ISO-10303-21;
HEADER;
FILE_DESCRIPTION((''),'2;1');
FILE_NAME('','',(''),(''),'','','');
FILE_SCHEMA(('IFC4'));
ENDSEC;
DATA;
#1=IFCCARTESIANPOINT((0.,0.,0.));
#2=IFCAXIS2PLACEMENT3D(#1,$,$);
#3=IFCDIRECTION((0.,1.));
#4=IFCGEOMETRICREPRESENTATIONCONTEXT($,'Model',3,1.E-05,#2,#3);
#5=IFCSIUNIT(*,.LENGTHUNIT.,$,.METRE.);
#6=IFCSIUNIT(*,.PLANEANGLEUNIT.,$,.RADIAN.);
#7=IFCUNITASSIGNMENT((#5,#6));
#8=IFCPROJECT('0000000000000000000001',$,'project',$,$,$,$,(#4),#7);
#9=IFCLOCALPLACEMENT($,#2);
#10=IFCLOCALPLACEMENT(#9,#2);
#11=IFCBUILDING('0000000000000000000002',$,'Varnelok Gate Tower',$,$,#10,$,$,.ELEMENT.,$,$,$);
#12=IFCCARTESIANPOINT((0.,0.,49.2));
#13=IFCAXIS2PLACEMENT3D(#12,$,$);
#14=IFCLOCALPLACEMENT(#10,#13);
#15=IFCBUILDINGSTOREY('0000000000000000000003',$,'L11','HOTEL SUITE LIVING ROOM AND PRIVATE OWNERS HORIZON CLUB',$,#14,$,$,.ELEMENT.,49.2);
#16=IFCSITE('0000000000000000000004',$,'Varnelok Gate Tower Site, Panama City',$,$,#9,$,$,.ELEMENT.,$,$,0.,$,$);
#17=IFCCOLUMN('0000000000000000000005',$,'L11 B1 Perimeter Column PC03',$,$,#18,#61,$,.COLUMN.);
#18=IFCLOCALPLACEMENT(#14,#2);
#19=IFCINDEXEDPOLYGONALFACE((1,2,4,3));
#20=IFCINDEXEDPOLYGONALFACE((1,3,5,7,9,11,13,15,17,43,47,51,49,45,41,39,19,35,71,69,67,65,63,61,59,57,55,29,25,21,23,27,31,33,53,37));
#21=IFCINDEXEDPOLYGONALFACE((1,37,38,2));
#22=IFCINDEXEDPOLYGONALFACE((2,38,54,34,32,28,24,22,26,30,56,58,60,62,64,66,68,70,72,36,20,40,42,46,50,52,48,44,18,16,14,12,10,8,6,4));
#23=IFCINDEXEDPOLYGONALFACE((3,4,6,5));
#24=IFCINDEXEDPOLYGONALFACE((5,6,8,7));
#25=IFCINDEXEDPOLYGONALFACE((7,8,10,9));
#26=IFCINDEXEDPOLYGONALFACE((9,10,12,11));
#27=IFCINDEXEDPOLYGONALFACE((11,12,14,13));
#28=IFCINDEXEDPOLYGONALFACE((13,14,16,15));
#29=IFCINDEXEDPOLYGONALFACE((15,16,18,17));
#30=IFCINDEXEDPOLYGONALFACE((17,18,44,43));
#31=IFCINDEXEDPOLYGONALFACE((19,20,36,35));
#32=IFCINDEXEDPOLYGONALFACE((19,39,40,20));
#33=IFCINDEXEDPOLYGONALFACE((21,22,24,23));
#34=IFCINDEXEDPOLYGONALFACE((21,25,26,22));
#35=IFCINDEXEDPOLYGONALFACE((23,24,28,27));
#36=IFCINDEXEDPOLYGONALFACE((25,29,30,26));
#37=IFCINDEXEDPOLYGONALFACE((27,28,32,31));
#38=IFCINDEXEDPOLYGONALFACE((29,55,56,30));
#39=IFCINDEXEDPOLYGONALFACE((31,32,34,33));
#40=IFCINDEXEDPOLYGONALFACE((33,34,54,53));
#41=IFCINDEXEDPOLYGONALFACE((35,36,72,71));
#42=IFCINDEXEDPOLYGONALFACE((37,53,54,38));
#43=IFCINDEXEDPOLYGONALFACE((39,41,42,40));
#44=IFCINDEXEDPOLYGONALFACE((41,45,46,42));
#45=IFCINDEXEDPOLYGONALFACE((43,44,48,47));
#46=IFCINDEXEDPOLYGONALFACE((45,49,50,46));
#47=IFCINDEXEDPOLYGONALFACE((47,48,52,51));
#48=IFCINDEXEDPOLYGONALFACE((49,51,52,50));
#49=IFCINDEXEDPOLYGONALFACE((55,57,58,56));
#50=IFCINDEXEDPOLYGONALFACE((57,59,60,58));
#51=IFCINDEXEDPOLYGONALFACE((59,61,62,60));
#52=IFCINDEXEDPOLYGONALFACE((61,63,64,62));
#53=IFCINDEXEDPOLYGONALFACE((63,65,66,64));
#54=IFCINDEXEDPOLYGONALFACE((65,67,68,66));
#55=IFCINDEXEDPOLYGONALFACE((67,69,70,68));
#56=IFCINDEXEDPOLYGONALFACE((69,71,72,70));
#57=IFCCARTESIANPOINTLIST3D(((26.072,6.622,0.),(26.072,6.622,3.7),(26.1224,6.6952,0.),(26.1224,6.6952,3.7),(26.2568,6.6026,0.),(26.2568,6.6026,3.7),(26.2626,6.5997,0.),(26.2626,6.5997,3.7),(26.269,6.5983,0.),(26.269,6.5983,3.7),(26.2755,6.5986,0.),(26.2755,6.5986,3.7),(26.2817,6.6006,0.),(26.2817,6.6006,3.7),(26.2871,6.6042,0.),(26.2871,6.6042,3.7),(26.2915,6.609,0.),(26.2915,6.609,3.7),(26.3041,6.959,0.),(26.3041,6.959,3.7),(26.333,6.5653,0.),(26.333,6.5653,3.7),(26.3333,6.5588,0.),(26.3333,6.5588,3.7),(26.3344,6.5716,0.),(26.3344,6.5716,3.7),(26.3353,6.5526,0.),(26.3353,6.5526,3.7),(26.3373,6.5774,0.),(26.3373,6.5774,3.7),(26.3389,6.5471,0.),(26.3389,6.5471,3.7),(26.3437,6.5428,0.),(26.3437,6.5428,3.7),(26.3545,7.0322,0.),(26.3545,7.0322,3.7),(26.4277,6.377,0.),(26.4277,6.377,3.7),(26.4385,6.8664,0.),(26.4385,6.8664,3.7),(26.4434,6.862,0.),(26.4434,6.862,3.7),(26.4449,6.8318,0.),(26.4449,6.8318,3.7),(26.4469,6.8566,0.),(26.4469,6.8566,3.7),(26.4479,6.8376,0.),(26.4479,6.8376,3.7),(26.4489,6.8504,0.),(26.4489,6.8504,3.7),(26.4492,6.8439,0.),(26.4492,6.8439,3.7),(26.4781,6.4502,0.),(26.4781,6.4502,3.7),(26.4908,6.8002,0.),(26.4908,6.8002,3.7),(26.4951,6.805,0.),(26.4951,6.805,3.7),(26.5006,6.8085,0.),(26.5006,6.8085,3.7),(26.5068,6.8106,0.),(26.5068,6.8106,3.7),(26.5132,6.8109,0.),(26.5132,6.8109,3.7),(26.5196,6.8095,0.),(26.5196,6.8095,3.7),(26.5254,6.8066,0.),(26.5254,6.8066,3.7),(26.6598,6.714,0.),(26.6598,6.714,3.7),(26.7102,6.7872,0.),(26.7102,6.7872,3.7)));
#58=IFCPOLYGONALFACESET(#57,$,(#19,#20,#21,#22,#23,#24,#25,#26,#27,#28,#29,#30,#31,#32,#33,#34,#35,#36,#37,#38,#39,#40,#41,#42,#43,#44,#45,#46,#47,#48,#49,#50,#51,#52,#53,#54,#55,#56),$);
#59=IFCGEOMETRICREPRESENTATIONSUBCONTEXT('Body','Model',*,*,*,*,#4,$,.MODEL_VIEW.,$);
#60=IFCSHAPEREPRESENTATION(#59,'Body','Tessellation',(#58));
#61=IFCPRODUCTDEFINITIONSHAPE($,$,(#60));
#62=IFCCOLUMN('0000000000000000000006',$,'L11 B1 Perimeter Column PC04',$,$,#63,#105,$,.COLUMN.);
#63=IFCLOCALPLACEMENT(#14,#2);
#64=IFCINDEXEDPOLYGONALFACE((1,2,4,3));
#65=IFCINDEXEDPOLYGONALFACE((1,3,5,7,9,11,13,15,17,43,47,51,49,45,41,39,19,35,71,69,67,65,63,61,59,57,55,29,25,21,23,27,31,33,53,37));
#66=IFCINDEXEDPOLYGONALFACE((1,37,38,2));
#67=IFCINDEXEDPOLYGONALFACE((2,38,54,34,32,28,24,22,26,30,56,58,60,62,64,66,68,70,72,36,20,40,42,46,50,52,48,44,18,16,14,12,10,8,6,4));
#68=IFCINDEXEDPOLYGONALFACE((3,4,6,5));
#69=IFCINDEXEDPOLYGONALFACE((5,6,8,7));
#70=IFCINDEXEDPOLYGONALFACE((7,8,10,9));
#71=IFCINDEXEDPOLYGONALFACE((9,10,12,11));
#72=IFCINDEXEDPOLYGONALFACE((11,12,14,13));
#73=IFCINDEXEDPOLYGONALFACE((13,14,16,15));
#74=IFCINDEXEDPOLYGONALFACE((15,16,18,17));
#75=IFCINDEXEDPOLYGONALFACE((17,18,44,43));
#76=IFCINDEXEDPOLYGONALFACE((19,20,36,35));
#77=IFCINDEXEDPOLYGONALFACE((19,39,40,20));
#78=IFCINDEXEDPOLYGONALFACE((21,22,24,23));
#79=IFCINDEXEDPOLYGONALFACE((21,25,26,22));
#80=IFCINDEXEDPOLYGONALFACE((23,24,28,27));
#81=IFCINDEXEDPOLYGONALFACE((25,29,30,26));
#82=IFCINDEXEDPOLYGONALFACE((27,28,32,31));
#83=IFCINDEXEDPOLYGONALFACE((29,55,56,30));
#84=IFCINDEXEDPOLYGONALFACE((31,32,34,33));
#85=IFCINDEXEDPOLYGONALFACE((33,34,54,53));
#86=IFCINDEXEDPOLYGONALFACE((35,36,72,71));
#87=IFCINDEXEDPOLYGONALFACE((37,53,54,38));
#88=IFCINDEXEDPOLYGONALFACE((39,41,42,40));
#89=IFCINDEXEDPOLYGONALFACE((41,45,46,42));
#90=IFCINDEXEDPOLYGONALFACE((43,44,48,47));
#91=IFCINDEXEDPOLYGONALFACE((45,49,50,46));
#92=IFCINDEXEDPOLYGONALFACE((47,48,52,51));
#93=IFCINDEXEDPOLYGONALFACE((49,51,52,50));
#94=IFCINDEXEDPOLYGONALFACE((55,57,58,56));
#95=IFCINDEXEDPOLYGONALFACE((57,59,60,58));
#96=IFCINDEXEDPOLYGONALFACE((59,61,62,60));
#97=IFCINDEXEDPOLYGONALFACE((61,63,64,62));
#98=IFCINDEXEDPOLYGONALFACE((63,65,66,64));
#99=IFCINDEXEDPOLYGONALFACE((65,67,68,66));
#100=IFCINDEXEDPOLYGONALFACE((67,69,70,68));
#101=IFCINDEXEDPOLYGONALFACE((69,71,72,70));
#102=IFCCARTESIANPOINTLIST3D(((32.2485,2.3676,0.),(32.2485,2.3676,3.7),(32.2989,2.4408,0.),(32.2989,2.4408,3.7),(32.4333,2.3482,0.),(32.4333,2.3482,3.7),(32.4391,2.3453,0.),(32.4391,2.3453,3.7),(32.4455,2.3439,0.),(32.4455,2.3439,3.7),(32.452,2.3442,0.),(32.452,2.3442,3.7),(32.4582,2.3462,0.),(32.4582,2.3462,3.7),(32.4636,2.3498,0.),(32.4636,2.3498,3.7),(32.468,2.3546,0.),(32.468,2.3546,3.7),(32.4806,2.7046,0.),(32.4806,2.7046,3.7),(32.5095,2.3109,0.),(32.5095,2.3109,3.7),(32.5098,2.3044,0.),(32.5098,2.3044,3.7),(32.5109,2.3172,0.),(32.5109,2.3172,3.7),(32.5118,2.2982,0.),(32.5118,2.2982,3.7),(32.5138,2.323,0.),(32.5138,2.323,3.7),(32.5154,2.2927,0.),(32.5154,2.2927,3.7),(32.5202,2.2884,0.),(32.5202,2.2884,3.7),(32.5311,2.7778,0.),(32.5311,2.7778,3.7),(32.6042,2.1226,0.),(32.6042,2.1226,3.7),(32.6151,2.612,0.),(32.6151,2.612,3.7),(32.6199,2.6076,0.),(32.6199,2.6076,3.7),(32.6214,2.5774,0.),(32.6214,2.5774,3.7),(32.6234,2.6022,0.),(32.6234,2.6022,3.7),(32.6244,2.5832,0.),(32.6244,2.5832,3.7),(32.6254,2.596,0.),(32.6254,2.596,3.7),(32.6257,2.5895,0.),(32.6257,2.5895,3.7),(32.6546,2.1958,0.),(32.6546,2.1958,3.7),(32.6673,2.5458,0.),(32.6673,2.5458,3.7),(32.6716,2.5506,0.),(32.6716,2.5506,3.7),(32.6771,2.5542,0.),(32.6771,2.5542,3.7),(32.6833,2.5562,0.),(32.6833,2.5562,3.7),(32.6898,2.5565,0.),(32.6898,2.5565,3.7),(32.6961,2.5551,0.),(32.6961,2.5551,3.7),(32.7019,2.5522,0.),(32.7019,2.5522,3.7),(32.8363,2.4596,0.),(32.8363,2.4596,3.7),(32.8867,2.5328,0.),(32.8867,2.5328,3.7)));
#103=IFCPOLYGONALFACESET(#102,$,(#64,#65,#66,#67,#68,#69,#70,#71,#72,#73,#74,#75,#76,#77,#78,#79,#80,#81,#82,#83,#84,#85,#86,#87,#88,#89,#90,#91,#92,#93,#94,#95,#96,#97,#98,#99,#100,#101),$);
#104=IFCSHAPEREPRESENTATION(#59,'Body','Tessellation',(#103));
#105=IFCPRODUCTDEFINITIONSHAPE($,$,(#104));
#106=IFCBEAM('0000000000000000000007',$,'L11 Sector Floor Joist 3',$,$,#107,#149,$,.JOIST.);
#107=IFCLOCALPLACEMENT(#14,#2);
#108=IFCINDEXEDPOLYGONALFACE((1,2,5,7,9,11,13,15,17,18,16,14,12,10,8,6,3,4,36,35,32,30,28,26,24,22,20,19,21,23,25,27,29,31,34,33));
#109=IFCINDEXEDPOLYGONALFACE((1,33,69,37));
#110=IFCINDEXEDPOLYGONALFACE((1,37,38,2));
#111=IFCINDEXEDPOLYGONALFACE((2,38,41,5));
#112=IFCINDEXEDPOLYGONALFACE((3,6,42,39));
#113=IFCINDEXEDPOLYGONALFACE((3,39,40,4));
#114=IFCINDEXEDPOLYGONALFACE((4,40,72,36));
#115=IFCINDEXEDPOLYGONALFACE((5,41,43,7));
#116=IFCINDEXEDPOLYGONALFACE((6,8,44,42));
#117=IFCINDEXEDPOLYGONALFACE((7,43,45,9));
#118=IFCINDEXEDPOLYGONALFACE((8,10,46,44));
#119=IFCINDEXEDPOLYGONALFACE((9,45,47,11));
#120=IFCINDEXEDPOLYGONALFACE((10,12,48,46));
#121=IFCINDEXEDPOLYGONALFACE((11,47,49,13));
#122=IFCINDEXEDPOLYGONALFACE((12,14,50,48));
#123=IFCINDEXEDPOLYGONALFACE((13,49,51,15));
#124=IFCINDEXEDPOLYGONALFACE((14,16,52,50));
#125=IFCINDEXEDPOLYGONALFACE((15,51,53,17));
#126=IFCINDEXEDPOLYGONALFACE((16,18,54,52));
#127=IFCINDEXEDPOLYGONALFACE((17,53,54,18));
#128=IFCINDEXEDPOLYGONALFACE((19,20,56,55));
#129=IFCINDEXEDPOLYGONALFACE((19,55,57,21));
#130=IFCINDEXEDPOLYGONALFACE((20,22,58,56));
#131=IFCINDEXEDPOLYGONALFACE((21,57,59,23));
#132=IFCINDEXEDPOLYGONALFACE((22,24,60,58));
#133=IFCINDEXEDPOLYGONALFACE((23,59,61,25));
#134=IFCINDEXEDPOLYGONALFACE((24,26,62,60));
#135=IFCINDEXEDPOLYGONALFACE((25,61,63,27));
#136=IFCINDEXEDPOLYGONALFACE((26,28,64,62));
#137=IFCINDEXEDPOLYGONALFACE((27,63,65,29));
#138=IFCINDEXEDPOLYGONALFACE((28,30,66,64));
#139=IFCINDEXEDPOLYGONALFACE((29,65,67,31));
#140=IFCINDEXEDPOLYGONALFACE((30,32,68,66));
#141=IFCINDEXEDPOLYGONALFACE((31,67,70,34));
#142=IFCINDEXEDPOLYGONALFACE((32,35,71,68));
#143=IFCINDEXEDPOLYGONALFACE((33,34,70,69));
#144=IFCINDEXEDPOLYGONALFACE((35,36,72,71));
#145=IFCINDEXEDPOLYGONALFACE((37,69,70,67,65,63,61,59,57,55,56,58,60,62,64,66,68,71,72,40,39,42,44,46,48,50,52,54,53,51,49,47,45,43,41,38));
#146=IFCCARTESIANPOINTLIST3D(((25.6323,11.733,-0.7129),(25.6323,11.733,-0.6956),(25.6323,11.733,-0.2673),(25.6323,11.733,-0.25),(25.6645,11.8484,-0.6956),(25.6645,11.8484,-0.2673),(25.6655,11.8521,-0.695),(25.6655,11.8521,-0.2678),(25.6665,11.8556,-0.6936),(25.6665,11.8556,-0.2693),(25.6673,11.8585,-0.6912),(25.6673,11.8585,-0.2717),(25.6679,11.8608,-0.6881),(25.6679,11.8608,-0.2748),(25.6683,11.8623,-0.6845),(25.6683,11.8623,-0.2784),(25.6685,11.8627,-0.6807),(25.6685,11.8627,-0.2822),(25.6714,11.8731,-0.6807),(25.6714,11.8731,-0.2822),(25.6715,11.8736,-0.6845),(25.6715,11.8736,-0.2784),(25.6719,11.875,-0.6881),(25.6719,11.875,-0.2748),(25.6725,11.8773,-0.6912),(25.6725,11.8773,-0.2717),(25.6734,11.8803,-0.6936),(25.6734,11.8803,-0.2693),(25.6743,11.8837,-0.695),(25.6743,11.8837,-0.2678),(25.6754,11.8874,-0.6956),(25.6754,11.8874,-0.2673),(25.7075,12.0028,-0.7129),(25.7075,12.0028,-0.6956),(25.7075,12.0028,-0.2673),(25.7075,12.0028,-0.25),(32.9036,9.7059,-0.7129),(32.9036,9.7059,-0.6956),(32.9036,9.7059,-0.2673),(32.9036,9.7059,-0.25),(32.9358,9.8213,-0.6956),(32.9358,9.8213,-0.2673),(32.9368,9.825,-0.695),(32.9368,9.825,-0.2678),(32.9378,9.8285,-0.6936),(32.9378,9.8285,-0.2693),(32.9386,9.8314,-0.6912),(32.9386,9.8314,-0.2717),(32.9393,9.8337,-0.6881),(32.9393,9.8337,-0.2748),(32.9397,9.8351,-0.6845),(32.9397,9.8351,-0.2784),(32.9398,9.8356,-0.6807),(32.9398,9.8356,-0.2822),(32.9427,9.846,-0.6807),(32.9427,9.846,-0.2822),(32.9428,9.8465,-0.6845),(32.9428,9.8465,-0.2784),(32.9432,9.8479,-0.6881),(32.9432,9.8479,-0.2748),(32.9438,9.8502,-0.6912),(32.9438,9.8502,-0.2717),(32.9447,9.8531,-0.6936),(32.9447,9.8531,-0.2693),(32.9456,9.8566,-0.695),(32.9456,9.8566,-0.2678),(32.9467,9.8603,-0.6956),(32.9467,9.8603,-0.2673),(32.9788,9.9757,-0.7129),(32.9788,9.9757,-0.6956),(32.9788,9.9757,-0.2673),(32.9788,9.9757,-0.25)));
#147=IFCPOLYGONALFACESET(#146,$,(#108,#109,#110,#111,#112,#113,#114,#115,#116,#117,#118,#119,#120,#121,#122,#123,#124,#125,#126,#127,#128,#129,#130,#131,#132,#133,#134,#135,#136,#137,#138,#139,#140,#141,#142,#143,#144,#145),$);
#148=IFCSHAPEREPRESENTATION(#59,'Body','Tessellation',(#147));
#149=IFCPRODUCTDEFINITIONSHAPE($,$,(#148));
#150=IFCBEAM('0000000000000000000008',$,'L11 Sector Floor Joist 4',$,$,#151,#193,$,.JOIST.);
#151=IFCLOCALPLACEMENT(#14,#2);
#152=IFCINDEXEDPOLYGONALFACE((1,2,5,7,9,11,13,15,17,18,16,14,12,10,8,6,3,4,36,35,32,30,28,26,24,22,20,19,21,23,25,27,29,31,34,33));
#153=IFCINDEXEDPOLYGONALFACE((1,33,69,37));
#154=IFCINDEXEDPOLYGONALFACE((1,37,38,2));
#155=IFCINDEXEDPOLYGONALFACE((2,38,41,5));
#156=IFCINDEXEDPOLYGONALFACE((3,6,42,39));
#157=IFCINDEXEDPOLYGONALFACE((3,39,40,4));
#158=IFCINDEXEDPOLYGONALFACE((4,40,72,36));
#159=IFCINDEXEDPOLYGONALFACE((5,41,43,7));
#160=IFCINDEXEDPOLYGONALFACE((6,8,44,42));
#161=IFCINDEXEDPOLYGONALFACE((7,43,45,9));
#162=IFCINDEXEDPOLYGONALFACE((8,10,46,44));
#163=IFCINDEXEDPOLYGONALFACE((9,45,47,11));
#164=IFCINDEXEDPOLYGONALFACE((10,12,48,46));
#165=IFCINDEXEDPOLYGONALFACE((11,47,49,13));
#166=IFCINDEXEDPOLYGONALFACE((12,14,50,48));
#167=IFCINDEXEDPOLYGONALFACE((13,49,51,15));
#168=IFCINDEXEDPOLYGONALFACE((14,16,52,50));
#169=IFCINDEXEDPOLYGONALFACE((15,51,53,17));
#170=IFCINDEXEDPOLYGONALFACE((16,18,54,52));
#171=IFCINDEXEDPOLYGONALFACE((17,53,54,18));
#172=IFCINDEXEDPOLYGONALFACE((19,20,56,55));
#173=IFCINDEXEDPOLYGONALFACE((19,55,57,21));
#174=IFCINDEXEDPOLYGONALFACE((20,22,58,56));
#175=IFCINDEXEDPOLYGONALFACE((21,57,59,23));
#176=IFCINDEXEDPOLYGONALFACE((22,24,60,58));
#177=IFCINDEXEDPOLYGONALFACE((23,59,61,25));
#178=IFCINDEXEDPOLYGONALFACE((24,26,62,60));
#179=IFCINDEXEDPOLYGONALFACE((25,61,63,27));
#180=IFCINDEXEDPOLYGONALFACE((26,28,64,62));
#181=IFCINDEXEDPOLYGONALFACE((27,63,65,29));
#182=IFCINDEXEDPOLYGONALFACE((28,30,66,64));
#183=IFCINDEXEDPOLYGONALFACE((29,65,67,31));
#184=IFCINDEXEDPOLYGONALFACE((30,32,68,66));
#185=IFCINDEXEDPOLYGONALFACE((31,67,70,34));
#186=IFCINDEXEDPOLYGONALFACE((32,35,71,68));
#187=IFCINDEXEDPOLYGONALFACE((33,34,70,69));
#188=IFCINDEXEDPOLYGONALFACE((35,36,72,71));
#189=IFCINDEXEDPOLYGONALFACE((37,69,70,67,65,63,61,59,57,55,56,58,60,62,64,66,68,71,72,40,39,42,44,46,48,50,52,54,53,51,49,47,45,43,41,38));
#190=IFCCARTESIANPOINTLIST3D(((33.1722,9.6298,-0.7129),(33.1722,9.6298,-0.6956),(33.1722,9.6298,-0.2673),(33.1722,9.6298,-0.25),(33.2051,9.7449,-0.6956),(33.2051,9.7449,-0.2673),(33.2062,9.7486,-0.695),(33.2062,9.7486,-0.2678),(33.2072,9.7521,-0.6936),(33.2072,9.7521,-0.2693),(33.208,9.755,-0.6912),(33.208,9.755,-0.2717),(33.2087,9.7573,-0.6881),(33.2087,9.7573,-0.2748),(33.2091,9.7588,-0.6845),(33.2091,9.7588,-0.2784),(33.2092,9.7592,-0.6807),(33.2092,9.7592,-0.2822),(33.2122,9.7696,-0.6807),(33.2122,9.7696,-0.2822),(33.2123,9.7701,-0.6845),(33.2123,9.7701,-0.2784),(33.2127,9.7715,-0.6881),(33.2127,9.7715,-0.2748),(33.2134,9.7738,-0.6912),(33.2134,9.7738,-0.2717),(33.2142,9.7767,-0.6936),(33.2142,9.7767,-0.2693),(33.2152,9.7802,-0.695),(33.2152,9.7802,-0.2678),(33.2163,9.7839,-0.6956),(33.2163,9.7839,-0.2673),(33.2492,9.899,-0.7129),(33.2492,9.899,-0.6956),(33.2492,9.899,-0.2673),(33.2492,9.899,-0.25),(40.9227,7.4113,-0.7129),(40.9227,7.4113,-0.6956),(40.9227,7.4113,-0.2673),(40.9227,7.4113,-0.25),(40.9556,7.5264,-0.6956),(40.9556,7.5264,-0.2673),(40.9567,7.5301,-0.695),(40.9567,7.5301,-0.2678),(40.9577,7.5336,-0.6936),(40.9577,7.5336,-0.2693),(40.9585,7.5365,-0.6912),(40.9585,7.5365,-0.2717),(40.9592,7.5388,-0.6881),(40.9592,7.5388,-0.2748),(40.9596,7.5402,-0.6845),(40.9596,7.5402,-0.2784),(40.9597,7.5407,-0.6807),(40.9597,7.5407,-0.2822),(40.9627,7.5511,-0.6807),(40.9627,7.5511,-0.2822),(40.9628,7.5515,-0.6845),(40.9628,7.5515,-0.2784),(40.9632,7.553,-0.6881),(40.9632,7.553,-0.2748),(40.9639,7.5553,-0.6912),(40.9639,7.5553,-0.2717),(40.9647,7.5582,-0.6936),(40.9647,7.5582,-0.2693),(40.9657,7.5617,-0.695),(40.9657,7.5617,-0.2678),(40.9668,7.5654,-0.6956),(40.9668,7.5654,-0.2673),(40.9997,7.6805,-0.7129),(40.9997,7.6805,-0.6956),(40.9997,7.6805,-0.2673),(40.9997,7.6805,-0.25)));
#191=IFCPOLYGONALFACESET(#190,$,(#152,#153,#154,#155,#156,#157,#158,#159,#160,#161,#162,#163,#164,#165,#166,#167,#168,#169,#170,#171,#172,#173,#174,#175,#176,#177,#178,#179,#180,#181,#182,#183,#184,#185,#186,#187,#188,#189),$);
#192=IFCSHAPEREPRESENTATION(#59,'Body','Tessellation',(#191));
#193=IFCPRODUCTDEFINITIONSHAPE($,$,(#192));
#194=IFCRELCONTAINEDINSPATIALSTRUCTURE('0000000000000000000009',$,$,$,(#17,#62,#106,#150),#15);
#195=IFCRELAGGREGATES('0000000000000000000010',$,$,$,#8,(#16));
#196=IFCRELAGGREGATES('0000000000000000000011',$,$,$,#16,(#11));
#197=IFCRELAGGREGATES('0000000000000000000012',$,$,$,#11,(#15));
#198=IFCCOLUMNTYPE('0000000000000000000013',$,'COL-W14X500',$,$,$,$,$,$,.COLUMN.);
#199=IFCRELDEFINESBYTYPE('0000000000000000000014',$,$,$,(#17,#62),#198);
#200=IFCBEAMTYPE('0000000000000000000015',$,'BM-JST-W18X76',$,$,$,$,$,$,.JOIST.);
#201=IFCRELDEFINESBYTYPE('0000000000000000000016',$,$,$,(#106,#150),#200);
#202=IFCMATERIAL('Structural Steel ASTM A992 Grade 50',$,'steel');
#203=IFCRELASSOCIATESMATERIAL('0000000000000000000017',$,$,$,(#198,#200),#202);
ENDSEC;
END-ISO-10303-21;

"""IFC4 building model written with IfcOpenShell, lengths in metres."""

from ifc_helpers import new_model, si_unit, direction, frame, origin, origin_2d, place, context, subcontext, project, spatial, i_section, extrude, material, material_profile, profile_set, type_object, element, save


model = new_model("IFC4")

# Units and contexts
model_context = context("Model", 3, precision=1e-05, world=origin(), true_north=direction((0.0, 1.0)))
body_context = subcontext(model_context, "Body", "Model", "MODEL_VIEW")
ifc_project = project(units=[si_unit("LENGTHUNIT", "METRE"), si_unit("PLANEANGLEUNIT", "RADIAN")], contexts=[model_context])

# Site, building, storey
site_placement = place(None, origin())
site = spatial("IfcSite", under=ifc_project, at=site_placement, Name="Varnelok Gate Tower Site, Panama City", CompositionType="ELEMENT", RefElevation=0.0)
building_placement = place(site_placement, origin())
building = spatial("IfcBuilding", under=site, at=building_placement, Name="Varnelok Gate Tower", CompositionType="ELEMENT")
storey_placement = place(building_placement, frame((0.0, 0.0, 49.2)))
storey = spatial("IfcBuildingStorey", under=building, at=storey_placement, Name="L11", Description="HOTEL SUITE LIVING ROOM AND PRIVATE OWNERS HORIZON CLUB", CompositionType="ELEMENT", Elevation=49.2)

# Columns
ifc_material_1 = material(Name="Structural Steel ASTM A992 Grade 50", Category="steel")
ifc_material_profile_1 = material_profile(ifc_material_1, i_section(OverallWidth=0.4319, OverallDepth=0.498, WebThickness=0.0557, FlangeThickness=0.0889, FilletRadius=0.0249, at=origin_2d()), Name="W14X500")
ifc_profile_set_1 = profile_set([ifc_material_profile_1], Name="Structural Steel ASTM A992 Grade 50")
column_type = type_object("IfcColumnType", Name="COL-W14X500", PredefinedType="COLUMN", material=ifc_profile_set_1)
for number, where, z_axis, x_axis, name in (
    (1, (26.3911, 6.7046, 0.0), (0.0, 0.0, 1.0), (0.823533, -0.567269, 0.0), "L11 B1 Perimeter Column PC03"),
    (2, (32.5676, 2.4502, 0.0), (0.0, 0.0, 1.0), (0.823533, -0.567269, 0.0), "L11 B1 Perimeter Column PC04"),
):
    element("IfcColumn", number, at=place(storey_placement, frame(where, z_axis=z_axis, x_axis=x_axis)), inside=storey, type_object=column_type, Name=name, PredefinedType="COLUMN", context=body_context, shape_type="SweptSolid", body=[
        extrude(i_section(OverallWidth=0.4319, OverallDepth=0.498, WebThickness=0.0557, FlangeThickness=0.0889, FilletRadius=0.0249, at=origin_2d()), origin(), (0.0, 0.0, 1.0), 3.7),
    ])

# Beams
ifc_material_profile_2 = material_profile(ifc_material_1, i_section(OverallWidth=0.28, OverallDepth=0.4629, WebThickness=0.0107, FlangeThickness=0.0173, FilletRadius=0.0149, at=origin_2d()), Name="W18X76")
ifc_profile_set_2 = profile_set([ifc_material_profile_2], Name="Structural Steel ASTM A992 Grade 50")
beam_type_1 = type_object("IfcBeamType", Name="BM-JST-W18X76", PredefinedType="JOIST", material=ifc_profile_set_2)
beam_1_placement = place(storey_placement, frame((25.6699, 11.8679, -0.4814), z_axis=(0.963268, -0.268543, 0.0), x_axis=(0.268543, 0.963268, 0.0)))
element("IfcBeam", 3, at=beam_1_placement, inside=storey, type_object=beam_type_1, Name="L11 Sector Floor Joist 3", PredefinedType="JOIST", context=body_context, shape_type="SweptSolid", body=[
    extrude(i_section(OverallWidth=0.28, OverallDepth=0.4629, WebThickness=0.0107, FlangeThickness=0.0173, FilletRadius=0.0149, at=origin_2d()), origin(), (0.0, 0.0, 1.0), 7.5486),
])
beam_2_placement = place(storey_placement, frame((33.2107, 9.7644, -0.4814), z_axis=(0.96139, -0.275189, 0.0), x_axis=(0.275189, 0.96139, 0.0)))
element("IfcBeam", 4, at=beam_2_placement, inside=storey, type_object=beam_type_1, Name="L11 Sector Floor Joist 4", PredefinedType="JOIST", context=body_context, shape_type="SweptSolid", body=[
    extrude(i_section(OverallWidth=0.28, OverallDepth=0.4629, WebThickness=0.0107, FlangeThickness=0.0173, FilletRadius=0.0149, at=origin_2d()), origin(), (0.0, 0.0, 1.0), 8.0618),
])

save(model, "model.ifc")
